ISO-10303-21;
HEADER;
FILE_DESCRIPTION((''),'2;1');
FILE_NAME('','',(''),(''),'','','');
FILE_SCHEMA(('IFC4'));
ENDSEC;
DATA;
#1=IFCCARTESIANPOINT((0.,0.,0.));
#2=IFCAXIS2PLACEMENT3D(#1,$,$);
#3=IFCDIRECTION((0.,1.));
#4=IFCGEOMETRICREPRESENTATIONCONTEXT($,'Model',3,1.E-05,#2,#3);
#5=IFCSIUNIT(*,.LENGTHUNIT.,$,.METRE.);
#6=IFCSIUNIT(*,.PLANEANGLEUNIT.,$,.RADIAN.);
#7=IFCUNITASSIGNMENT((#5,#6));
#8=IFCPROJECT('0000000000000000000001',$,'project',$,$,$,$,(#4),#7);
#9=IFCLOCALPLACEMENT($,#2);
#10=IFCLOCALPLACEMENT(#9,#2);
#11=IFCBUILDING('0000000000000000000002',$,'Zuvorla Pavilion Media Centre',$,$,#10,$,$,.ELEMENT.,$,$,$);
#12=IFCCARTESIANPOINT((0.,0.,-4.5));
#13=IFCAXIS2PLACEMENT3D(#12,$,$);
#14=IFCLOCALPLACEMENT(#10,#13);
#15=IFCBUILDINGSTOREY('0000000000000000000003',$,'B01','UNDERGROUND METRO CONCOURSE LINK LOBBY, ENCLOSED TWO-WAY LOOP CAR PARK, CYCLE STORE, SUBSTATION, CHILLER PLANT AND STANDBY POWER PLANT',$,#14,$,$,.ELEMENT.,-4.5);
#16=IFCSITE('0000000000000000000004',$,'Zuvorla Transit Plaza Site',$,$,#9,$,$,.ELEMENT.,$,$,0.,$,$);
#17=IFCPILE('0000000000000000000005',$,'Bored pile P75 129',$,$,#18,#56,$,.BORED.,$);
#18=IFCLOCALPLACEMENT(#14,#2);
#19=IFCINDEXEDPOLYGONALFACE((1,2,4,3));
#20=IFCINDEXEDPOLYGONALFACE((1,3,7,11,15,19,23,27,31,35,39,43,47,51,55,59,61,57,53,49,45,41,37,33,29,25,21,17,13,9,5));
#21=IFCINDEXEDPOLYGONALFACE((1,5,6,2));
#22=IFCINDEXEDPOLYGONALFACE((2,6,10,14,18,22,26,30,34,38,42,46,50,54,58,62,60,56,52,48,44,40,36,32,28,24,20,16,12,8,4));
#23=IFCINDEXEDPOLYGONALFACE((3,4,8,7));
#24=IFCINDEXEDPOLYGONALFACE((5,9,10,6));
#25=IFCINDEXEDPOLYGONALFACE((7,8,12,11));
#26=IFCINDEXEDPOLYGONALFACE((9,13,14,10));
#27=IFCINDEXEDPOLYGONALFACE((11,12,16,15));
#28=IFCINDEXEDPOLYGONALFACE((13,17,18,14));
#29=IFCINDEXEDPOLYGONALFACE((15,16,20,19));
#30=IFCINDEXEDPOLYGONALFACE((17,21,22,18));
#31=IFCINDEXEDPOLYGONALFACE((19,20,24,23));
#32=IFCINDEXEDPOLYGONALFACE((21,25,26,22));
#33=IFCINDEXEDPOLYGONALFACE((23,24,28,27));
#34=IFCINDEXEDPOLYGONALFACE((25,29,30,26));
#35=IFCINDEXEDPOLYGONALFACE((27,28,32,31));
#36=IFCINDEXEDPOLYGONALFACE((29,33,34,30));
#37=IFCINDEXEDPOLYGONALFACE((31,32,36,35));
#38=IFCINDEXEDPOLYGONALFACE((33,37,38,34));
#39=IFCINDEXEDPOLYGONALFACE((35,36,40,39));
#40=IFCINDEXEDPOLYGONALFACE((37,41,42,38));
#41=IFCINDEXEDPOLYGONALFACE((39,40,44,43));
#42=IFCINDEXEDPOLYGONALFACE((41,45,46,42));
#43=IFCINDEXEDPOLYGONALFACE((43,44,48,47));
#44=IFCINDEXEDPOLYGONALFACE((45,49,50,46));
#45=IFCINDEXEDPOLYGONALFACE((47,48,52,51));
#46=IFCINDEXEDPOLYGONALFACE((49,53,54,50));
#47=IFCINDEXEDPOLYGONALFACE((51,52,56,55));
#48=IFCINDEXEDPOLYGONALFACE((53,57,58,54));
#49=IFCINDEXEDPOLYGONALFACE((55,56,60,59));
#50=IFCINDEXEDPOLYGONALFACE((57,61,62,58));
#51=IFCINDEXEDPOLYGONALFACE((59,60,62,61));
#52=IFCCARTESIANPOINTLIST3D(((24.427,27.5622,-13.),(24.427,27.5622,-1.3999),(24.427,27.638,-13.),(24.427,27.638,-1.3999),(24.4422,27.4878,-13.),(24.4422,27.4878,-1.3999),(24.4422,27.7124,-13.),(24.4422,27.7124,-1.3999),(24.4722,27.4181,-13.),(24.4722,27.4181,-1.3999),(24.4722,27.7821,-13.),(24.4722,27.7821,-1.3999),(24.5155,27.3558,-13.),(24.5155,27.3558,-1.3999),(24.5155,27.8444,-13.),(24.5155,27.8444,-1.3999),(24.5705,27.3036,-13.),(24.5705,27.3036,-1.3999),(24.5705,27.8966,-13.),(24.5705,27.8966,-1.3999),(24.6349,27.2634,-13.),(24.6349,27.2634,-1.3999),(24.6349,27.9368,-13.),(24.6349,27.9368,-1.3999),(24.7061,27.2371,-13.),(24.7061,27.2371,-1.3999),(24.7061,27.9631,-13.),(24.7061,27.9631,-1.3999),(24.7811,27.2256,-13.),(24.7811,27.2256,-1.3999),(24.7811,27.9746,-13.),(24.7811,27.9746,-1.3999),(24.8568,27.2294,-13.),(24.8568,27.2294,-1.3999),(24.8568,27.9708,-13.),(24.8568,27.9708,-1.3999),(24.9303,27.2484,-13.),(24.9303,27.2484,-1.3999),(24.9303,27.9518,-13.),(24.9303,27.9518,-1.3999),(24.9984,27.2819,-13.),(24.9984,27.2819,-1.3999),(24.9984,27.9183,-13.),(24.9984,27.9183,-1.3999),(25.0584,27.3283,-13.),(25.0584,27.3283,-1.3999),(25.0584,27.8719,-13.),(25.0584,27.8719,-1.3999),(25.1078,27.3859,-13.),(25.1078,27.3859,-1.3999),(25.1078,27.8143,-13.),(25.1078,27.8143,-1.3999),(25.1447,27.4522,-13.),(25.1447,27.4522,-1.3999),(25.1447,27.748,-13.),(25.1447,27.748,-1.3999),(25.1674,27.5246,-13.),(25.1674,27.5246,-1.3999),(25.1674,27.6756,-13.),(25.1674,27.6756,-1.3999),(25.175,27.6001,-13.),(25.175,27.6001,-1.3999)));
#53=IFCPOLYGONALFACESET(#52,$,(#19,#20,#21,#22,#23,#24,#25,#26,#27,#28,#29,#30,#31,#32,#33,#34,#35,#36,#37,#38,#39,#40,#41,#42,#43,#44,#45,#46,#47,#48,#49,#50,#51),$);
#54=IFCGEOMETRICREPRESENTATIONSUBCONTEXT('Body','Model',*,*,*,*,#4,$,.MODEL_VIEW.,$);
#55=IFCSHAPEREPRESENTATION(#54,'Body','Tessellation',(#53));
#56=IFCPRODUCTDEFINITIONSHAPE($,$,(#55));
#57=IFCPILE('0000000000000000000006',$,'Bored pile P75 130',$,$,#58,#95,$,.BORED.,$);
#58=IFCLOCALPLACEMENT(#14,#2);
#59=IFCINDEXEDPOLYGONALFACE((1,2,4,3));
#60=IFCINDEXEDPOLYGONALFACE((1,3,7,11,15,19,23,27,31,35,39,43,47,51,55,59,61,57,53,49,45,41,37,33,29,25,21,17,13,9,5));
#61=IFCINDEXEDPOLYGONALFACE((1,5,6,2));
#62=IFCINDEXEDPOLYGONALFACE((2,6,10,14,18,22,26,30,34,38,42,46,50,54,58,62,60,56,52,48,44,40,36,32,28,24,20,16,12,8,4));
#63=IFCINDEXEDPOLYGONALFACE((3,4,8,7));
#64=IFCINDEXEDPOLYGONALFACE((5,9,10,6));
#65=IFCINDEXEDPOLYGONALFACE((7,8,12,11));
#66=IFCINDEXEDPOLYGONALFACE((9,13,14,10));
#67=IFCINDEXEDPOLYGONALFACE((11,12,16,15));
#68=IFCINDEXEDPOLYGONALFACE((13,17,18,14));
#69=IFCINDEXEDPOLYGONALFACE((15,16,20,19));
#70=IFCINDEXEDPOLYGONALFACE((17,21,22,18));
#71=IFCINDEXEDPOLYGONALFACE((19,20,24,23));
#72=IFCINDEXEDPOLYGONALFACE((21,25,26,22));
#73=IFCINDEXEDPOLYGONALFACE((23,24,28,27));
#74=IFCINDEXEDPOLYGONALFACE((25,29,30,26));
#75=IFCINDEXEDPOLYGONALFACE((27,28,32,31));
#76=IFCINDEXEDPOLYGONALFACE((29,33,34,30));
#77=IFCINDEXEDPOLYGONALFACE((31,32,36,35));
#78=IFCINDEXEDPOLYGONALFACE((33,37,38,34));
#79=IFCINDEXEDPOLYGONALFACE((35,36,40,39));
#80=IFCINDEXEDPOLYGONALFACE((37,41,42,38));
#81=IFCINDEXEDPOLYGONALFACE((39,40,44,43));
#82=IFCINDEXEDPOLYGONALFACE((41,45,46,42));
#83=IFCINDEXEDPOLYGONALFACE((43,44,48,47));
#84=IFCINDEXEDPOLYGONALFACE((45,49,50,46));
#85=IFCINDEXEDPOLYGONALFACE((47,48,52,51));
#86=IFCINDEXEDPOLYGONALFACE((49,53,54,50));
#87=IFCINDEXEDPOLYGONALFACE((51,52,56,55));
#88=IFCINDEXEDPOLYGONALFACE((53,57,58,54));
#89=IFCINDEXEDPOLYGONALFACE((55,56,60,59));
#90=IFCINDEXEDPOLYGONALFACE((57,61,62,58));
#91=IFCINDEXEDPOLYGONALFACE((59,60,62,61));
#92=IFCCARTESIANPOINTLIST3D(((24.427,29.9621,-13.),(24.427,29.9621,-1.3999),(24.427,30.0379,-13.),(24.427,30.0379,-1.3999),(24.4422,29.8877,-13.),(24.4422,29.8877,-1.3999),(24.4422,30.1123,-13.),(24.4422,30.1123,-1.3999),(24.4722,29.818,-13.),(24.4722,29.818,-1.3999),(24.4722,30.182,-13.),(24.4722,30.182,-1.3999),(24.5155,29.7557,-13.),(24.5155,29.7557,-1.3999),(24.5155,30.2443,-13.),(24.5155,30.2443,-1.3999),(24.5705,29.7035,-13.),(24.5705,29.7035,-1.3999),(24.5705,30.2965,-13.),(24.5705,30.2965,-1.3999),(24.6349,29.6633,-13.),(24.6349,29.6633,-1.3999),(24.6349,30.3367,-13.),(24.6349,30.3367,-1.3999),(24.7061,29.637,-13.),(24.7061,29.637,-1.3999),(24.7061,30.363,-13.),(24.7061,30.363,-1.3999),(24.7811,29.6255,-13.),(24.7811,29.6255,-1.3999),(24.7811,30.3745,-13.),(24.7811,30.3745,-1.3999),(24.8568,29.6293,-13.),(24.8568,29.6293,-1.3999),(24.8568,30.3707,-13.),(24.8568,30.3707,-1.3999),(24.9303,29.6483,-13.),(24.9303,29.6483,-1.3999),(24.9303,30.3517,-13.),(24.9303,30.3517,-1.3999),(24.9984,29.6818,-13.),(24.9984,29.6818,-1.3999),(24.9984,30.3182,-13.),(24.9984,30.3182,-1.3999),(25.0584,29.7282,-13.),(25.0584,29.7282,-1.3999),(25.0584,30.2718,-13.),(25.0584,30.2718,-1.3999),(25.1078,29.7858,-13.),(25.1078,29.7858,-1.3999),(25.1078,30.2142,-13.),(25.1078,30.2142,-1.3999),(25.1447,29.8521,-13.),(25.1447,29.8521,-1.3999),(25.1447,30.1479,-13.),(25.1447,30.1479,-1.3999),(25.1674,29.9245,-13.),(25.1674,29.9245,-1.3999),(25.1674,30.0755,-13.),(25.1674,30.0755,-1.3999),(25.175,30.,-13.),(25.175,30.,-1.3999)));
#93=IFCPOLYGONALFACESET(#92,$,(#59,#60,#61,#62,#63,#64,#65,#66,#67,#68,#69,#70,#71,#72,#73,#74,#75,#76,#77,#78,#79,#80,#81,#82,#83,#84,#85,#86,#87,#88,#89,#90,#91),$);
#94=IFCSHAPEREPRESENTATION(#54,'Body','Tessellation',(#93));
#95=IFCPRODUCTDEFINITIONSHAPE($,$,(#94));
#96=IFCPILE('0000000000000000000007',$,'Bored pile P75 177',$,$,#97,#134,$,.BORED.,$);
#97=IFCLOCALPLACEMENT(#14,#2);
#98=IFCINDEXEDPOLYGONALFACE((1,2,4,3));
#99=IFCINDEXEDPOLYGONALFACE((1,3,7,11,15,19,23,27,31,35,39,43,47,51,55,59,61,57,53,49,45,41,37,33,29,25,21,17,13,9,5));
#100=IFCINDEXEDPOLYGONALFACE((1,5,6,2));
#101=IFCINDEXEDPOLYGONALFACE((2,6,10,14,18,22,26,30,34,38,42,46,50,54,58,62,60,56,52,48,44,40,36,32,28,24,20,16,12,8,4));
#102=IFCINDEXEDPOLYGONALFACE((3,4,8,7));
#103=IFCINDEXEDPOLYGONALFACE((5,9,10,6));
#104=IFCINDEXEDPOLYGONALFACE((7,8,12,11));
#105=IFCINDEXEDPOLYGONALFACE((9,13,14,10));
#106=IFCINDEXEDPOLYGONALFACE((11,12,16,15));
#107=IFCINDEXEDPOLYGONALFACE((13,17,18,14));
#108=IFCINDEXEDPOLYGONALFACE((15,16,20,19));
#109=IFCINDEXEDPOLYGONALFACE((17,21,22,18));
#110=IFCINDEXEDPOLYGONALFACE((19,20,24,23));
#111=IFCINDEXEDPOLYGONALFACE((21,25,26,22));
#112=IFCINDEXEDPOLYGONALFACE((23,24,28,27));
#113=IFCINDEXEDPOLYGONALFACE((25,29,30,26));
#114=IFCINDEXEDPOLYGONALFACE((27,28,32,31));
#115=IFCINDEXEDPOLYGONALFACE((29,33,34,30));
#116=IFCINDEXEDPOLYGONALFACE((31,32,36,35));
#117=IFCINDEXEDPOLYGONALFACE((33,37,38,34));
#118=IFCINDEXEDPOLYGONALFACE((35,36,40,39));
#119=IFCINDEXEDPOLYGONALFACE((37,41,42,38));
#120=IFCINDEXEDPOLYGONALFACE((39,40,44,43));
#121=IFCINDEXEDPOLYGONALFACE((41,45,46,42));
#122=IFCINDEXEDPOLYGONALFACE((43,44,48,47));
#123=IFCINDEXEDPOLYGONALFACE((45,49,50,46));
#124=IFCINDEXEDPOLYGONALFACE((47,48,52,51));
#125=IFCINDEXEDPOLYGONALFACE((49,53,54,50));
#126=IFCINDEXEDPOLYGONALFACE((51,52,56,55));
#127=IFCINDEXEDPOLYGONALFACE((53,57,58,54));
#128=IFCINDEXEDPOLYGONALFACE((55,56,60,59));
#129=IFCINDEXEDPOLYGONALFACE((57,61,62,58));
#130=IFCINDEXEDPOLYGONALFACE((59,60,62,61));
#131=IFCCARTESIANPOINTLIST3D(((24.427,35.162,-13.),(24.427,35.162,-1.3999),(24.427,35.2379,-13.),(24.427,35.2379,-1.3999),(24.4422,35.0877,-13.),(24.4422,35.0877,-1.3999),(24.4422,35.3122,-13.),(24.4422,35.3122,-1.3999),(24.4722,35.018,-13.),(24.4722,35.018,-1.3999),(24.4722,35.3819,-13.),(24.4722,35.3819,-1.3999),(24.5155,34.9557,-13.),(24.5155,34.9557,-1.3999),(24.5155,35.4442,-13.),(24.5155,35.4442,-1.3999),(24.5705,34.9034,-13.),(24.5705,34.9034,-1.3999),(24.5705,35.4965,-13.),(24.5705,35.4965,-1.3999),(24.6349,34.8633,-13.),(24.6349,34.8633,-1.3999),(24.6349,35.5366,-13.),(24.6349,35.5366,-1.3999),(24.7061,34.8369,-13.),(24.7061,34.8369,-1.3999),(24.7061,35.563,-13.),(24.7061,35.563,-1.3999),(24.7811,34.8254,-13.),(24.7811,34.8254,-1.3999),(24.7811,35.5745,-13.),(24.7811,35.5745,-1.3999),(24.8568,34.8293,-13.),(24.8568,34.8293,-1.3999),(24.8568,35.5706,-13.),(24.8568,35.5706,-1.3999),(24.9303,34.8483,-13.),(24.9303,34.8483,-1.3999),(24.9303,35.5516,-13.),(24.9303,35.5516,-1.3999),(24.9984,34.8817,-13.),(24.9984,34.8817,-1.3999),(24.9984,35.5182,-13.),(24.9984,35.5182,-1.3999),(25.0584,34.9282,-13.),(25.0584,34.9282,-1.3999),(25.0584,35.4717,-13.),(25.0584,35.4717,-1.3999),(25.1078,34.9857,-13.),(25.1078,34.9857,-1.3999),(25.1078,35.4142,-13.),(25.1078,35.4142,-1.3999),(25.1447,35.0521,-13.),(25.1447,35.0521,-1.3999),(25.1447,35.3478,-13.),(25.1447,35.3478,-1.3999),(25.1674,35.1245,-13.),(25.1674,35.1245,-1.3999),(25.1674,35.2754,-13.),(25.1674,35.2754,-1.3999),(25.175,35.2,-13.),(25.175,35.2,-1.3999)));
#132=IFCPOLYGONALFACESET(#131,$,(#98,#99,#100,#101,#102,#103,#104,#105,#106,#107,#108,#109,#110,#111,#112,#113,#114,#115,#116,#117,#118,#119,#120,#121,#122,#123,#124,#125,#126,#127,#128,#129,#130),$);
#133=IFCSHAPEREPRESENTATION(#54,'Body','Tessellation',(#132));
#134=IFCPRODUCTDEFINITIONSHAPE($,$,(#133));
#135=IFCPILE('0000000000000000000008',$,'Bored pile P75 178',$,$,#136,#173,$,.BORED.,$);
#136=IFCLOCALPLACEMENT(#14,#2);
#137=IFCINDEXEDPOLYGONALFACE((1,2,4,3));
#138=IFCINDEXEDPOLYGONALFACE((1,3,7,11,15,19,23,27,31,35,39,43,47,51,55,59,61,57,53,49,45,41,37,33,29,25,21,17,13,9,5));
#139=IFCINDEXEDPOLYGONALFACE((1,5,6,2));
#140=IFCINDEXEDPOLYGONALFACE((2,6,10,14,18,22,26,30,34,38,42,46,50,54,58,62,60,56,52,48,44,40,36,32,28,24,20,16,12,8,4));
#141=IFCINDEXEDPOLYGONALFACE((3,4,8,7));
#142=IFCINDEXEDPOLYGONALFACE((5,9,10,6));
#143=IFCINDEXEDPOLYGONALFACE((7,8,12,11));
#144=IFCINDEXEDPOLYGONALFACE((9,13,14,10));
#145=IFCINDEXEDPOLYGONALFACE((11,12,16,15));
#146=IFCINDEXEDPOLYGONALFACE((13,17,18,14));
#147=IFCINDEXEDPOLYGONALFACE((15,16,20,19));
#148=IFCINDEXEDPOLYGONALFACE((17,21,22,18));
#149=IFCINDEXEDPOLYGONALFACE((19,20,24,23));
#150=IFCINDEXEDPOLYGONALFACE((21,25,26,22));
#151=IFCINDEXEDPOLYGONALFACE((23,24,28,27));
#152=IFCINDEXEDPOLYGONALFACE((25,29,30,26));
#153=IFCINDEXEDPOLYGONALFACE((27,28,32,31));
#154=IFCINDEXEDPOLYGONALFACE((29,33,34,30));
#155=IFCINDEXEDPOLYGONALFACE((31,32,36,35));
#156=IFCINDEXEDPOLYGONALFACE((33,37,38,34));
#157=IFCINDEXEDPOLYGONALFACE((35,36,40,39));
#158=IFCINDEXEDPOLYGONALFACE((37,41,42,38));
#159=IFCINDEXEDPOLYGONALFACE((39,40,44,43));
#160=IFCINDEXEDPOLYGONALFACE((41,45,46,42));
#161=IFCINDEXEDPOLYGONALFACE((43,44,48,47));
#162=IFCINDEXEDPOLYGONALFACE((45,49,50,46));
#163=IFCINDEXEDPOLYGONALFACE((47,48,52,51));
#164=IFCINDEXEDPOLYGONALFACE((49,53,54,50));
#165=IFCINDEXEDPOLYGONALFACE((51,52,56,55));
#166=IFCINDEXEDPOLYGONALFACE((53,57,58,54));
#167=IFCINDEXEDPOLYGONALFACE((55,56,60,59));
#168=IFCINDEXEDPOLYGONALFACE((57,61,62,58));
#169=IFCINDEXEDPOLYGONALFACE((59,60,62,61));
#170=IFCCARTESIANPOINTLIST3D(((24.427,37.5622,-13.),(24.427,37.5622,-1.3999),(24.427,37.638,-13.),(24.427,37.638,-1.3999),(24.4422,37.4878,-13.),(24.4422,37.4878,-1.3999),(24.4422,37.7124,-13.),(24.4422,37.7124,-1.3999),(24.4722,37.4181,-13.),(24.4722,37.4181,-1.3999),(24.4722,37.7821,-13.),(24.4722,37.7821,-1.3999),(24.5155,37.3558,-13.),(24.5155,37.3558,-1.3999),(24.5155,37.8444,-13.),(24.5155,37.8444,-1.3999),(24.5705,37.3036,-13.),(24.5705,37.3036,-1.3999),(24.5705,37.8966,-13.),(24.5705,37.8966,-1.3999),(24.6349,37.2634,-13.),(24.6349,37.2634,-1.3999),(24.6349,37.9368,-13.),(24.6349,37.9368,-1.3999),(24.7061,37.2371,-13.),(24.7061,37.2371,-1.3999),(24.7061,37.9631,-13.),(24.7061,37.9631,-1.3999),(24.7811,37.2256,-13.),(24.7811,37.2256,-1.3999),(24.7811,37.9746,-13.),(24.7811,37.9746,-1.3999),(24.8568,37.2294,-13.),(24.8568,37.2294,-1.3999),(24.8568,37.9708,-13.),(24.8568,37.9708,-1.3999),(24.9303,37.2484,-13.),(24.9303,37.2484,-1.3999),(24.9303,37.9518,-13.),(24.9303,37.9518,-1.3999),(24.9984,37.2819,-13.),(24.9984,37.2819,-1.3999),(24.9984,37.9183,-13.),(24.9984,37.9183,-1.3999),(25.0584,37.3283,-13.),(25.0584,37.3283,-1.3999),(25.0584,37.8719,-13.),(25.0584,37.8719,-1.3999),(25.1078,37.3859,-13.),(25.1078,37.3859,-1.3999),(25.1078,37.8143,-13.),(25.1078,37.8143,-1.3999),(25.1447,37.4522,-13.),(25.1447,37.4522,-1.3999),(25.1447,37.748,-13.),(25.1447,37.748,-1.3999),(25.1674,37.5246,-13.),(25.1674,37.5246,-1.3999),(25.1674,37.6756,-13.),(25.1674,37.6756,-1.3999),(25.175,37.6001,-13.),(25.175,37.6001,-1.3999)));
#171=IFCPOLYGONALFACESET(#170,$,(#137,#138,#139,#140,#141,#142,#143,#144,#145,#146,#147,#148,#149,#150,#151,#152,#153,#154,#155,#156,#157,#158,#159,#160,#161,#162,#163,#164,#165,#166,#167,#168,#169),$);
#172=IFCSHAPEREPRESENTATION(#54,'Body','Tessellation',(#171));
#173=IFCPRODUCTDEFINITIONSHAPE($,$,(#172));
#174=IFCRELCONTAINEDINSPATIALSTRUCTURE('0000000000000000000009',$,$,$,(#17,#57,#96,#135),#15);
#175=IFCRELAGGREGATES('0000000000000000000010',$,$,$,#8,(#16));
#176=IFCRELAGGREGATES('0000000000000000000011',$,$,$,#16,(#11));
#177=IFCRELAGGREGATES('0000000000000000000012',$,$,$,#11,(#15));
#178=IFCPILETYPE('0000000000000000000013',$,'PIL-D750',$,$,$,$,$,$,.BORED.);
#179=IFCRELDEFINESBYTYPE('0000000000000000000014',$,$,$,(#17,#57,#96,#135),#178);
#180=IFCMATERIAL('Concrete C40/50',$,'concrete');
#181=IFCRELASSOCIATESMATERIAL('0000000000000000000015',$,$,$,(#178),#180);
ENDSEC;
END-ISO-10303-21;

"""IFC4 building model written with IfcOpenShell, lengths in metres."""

from ifc_helpers import new_model, si_unit, direction, frame, origin, origin_2d, place, context, subcontext, project, spatial, circle, extrude, material, material_profile, profile_set, type_object, element, save


model = new_model("IFC4")

# Units and contexts
model_context = context("Model", 3, precision=1e-05, world=origin(), true_north=direction((0.0, 1.0)))
body_context = subcontext(model_context, "Body", "Model", "MODEL_VIEW")
ifc_project = project(units=[si_unit("LENGTHUNIT", "METRE"), si_unit("PLANEANGLEUNIT", "RADIAN")], contexts=[model_context])

# Site, building, storey
site_placement = place(None, origin())
site = spatial("IfcSite", under=ifc_project, at=site_placement, Name="Zuvorla Transit Plaza Site", CompositionType="ELEMENT", RefElevation=0.0)
building_placement = place(site_placement, origin())
building = spatial("IfcBuilding", under=site, at=building_placement, Name="Zuvorla Pavilion Media Centre", CompositionType="ELEMENT")
storey_placement = place(building_placement, frame((0.0, 0.0, -4.5)))
storey = spatial("IfcBuildingStorey", under=building, at=storey_placement, Name="B01", Description="UNDERGROUND METRO CONCOURSE LINK LOBBY, ENCLOSED TWO-WAY LOOP CAR PARK, CYCLE STORE, SUBSTATION, CHILLER PLANT AND STANDBY POWER PLANT", CompositionType="ELEMENT", Elevation=-4.5)

# Shared definitions
ifc_material = material(Name="Concrete C40/50", Category="concrete")

# Piles
ifc_material_profile_1 = material_profile(ifc_material, circle(Radius=0.375, at=origin_2d()), Name="BORED PILE 750")
ifc_profile_set_1 = profile_set([ifc_material_profile_1], Name="Concrete C40/50")
pile_type_1 = type_object("IfcPileType", Name="PIL-D750", PredefinedType="BORED", material=ifc_profile_set_1)
for number, where, z_axis, x_axis, name in (
    (1, (24.8, 27.6001, -1.3999), (0.0, 0.0, -1.0), (1.0, 0.0, 0.0), "Bored pile P75 129"),
    (2, (24.8, 30.0, -1.3999), (0.0, 0.0, -1.0), (1.0, 0.0, 0.0), "Bored pile P75 130"),
    (3, (24.8, 35.2, -1.3999), (0.0, 0.0, -1.0), (1.0, 0.0, 0.0), "Bored pile P75 177"),
    (4, (24.8, 37.6001, -1.3999), (0.0, 0.0, -1.0), (1.0, 0.0, 0.0), "Bored pile P75 178"),
):
    element("IfcPile", number, at=place(storey_placement, frame(where, z_axis=z_axis, x_axis=x_axis)), inside=storey, type_object=pile_type_1, Name=name, PredefinedType="BORED", context=body_context, shape_type="SweptSolid", body=[
        extrude(circle(Radius=0.375, at=origin_2d()), origin(), (0.0, 0.0, 1.0), 11.6001),
    ])

save(model, "model.ifc")
